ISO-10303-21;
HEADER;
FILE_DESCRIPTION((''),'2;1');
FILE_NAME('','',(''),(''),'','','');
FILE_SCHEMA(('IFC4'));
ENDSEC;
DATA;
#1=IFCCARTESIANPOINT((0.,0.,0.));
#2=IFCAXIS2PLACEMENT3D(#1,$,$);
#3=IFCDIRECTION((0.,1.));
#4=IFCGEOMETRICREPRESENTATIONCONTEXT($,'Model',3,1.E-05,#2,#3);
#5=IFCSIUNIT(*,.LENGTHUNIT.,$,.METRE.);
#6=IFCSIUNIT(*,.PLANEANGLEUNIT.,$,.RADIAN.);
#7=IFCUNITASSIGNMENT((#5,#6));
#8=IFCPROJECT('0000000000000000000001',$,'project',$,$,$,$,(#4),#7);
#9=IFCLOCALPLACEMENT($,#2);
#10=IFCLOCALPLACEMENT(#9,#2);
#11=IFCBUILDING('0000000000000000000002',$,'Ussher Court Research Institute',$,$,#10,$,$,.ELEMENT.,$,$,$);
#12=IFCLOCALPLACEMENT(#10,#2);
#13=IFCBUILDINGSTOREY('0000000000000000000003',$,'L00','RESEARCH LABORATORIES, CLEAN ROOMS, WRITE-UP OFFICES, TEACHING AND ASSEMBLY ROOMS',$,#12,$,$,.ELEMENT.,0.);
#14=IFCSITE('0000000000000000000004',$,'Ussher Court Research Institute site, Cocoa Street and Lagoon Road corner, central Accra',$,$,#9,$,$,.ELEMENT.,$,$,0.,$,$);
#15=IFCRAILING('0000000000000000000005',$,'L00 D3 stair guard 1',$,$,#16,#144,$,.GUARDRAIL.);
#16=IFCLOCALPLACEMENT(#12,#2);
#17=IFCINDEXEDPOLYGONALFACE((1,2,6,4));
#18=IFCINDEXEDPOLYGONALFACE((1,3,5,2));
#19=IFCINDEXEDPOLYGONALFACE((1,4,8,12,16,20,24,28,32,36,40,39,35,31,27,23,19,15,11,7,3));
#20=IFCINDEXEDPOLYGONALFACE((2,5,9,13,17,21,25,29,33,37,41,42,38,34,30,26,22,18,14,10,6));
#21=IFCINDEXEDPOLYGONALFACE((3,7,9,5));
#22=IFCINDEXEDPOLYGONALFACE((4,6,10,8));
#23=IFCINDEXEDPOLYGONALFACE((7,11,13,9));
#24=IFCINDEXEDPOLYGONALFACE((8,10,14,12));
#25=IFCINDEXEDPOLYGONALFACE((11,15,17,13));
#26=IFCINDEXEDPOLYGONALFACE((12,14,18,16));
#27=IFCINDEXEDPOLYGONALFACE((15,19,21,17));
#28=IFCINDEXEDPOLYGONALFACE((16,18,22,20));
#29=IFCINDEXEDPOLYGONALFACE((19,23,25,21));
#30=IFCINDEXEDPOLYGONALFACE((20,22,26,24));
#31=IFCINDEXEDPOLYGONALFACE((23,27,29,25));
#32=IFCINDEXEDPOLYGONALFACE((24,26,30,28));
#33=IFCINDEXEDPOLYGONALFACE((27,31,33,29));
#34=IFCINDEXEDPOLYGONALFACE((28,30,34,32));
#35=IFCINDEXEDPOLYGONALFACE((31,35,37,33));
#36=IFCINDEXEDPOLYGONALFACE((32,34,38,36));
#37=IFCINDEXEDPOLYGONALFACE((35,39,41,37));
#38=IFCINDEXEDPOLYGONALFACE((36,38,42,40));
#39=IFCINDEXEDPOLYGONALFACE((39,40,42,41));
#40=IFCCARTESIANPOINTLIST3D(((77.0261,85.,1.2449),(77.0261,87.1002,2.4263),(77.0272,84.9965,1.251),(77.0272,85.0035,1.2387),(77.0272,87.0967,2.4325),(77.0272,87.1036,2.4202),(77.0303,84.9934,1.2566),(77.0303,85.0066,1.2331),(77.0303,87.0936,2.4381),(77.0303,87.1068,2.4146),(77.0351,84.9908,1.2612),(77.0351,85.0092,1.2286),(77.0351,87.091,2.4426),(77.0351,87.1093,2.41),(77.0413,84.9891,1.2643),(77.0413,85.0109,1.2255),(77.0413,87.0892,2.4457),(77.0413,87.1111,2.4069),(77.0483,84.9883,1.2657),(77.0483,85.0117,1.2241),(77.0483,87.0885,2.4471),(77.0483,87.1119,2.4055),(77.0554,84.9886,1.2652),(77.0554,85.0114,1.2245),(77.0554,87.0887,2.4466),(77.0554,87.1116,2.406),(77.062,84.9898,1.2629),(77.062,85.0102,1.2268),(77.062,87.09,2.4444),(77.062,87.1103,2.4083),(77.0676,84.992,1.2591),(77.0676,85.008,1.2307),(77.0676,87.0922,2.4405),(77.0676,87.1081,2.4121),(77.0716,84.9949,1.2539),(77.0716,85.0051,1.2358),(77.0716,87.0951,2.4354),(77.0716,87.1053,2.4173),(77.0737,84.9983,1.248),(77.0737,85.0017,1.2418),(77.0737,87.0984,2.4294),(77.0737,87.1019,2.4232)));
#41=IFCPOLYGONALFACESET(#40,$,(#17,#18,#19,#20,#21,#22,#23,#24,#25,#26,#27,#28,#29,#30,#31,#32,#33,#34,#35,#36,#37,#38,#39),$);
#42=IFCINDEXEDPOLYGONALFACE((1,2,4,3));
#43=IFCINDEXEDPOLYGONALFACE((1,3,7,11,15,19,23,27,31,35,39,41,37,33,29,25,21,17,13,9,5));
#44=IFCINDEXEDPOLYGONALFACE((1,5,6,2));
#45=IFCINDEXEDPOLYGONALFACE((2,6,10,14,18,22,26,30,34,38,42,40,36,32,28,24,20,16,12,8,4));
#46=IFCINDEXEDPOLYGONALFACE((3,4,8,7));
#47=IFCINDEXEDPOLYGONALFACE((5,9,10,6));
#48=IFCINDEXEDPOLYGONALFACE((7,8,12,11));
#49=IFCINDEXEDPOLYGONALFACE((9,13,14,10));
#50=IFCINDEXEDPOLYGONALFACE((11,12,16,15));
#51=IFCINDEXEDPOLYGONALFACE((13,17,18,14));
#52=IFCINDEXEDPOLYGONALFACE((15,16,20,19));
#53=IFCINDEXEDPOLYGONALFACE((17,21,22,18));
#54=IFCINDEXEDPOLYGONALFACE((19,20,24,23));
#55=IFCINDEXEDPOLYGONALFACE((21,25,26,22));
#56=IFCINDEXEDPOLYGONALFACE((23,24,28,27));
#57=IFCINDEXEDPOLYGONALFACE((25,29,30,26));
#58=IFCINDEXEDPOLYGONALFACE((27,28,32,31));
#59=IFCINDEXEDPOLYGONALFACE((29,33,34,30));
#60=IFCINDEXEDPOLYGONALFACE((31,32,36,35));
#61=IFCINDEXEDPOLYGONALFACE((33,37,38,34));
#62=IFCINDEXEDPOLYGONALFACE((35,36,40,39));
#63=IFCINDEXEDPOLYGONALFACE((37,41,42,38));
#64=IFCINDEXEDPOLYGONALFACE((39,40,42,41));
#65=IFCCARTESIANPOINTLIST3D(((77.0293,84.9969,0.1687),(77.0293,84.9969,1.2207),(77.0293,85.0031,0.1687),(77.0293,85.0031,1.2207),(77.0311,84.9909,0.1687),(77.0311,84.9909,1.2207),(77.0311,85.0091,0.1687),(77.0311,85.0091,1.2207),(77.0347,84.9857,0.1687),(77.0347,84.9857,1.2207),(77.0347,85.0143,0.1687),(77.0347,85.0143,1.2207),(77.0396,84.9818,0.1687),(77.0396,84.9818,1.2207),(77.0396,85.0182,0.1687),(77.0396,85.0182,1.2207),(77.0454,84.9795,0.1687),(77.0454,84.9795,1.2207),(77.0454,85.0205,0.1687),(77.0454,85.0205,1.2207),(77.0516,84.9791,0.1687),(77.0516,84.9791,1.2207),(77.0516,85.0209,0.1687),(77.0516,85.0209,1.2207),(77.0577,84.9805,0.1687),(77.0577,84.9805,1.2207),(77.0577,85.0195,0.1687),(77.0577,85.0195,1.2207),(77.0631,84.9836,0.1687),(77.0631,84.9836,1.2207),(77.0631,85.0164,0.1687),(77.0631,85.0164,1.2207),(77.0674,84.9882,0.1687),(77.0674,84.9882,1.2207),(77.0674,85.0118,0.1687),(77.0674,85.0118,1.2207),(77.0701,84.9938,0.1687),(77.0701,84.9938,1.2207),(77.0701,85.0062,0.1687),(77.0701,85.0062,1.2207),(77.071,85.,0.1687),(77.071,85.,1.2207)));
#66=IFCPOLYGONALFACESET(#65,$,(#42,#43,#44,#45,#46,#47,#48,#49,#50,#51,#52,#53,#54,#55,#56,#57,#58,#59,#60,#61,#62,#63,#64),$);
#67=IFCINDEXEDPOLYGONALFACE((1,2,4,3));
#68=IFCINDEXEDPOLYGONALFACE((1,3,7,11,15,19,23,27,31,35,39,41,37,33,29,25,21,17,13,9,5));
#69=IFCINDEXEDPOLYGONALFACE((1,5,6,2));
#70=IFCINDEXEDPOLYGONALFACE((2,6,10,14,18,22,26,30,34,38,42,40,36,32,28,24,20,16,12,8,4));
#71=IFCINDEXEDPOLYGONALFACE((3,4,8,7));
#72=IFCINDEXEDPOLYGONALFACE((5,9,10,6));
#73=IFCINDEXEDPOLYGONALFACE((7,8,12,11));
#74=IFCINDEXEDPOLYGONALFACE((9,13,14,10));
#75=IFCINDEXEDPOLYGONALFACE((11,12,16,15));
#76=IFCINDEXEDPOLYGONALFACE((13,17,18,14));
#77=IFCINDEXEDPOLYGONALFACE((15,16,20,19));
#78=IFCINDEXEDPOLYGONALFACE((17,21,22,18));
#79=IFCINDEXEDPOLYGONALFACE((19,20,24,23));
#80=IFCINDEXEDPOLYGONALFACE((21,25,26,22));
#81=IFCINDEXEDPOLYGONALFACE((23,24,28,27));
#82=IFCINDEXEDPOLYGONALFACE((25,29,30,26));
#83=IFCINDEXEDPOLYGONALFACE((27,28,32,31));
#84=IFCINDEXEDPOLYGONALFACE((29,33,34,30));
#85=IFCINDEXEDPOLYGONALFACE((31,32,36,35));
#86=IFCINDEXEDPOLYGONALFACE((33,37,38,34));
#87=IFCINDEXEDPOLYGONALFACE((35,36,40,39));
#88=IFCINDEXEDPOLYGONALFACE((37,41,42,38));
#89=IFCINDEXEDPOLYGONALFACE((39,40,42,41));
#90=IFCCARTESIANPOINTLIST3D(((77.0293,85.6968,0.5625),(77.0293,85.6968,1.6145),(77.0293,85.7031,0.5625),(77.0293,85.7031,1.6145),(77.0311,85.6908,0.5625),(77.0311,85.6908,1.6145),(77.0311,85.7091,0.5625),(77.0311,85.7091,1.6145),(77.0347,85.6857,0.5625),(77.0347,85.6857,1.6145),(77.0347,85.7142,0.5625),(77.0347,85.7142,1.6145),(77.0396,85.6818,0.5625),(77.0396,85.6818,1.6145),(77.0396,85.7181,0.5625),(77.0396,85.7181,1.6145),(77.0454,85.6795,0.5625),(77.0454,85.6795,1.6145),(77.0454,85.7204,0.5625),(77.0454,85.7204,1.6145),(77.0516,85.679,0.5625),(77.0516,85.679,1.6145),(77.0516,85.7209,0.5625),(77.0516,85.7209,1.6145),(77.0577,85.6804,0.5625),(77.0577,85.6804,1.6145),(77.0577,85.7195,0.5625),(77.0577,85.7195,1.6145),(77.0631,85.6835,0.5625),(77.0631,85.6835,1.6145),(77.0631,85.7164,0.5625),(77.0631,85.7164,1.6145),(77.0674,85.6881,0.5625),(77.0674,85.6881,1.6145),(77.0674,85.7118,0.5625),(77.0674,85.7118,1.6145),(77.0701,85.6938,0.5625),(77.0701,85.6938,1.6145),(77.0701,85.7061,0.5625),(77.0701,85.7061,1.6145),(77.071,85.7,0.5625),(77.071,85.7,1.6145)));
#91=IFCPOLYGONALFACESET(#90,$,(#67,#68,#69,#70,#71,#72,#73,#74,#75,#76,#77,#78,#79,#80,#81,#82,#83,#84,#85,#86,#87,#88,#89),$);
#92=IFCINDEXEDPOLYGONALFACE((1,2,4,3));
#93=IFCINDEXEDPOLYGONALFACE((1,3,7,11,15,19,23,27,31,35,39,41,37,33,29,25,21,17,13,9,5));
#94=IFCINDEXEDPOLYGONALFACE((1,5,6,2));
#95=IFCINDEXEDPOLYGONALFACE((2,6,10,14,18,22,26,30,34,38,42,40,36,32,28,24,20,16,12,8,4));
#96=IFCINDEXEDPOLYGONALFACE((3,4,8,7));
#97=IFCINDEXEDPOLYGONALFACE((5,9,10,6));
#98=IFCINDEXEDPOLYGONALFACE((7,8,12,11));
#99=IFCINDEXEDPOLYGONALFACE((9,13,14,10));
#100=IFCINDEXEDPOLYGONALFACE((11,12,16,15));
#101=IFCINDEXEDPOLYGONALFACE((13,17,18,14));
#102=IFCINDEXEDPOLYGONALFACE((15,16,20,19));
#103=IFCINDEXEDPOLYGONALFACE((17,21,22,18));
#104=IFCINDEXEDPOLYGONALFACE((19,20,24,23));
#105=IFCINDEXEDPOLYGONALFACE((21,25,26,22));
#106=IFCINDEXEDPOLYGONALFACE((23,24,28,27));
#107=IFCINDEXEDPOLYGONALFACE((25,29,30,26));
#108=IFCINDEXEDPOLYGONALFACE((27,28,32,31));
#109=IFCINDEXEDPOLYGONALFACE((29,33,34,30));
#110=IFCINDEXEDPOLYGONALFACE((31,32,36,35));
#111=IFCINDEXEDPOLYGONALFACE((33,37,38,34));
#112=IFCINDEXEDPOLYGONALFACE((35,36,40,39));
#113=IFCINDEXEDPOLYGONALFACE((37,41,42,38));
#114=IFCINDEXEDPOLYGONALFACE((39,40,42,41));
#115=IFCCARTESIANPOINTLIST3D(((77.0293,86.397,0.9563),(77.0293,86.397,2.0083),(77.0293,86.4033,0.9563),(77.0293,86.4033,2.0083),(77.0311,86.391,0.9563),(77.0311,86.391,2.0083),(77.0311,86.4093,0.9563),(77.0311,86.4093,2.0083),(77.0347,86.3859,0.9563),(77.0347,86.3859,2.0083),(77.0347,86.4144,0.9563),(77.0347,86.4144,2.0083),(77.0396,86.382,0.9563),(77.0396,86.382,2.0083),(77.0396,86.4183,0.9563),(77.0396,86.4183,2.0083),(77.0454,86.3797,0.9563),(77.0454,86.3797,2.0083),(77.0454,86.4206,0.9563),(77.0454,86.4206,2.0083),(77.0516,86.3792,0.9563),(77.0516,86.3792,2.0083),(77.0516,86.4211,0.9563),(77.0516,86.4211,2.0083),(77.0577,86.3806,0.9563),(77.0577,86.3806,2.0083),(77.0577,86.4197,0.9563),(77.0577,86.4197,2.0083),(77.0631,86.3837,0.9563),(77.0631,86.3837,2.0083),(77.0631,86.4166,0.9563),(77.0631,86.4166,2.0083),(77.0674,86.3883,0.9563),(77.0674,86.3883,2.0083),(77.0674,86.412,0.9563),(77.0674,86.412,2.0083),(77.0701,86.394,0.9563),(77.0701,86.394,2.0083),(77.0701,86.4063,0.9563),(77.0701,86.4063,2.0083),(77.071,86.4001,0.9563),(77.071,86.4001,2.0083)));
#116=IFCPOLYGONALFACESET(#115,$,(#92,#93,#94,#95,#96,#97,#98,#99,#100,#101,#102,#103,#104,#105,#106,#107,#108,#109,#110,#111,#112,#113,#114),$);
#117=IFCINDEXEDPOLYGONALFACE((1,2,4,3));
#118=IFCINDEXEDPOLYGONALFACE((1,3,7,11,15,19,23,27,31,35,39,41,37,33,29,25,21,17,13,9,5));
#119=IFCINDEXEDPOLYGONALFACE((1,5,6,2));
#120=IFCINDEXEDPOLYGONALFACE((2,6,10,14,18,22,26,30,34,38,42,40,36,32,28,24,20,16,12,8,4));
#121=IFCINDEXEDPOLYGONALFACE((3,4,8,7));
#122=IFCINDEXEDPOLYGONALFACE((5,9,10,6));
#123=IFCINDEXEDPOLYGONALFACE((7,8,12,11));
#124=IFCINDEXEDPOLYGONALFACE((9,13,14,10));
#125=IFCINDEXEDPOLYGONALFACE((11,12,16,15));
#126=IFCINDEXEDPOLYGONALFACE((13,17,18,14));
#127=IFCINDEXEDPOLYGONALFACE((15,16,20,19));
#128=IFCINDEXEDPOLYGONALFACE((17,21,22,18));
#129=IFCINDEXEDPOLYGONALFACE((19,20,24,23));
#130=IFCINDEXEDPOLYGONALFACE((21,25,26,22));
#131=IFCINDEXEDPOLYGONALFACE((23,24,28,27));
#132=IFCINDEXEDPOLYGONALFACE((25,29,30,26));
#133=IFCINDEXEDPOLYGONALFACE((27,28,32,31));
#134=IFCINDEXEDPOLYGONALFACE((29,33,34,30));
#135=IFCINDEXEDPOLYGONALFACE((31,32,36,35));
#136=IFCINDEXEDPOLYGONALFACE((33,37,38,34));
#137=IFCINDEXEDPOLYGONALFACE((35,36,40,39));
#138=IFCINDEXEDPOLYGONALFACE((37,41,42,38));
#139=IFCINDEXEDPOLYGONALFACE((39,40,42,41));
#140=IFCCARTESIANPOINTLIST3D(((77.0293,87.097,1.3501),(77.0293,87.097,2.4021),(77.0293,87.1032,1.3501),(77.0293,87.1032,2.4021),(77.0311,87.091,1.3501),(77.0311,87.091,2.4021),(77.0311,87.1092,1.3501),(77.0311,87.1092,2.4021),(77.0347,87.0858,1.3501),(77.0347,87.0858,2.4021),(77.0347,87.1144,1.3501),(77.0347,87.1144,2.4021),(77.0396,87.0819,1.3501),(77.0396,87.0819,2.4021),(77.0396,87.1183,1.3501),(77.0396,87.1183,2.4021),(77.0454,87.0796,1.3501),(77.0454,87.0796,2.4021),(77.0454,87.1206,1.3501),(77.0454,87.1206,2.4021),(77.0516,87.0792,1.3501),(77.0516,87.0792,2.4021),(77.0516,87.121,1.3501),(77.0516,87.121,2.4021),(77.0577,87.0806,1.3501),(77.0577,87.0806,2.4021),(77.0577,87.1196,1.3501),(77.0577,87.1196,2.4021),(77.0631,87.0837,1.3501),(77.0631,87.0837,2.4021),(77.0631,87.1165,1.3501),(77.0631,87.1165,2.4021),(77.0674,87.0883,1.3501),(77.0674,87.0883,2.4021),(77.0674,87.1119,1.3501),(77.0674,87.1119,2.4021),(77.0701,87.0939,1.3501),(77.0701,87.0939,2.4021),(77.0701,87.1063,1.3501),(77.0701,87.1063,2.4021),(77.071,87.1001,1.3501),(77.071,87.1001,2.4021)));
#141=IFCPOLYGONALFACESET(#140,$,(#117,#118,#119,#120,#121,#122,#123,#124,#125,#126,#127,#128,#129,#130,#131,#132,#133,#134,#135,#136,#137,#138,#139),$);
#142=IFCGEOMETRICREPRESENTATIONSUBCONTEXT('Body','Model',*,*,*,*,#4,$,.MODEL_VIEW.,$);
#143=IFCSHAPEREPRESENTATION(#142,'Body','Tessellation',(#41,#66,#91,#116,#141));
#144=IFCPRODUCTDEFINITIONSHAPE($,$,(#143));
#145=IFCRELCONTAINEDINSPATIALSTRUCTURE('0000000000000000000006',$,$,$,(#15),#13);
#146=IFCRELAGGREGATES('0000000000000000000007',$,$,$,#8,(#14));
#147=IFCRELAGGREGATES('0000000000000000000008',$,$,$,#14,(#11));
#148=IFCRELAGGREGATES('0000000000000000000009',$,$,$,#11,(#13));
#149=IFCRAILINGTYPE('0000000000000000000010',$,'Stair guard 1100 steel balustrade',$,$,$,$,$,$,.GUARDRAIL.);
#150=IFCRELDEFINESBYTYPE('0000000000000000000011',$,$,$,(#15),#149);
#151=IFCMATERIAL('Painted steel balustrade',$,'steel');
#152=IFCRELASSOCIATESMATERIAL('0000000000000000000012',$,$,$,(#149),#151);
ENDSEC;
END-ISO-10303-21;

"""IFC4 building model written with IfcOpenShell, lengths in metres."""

from ifc_helpers import new_model, si_unit, direction, frame, origin, origin_2d, place, context, subcontext, project, spatial, circle, extrude, material, type_object, element, save


model = new_model("IFC4")

# Units and contexts
model_context = context("Model", 3, precision=1e-05, world=origin(), true_north=direction((0.0, 1.0)))
body_context = subcontext(model_context, "Body", "Model", "MODEL_VIEW")
ifc_project = project(units=[si_unit("LENGTHUNIT", "METRE"), si_unit("PLANEANGLEUNIT", "RADIAN")], contexts=[model_context])

# Site, building, storey
site_placement = place(None, origin())
site = spatial("IfcSite", under=ifc_project, at=site_placement, Name="Ussher Court Research Institute site, Cocoa Street and Lagoon Road corner, central Accra", CompositionType="ELEMENT", RefElevation=0.0)
building_placement = place(site_placement, origin())
building = spatial("IfcBuilding", under=site, at=building_placement, Name="Ussher Court Research Institute", CompositionType="ELEMENT")
storey_placement = place(building_placement, origin())
storey = spatial("IfcBuildingStorey", under=building, at=storey_placement, Name="L00", Description="RESEARCH LABORATORIES, CLEAN ROOMS, WRITE-UP OFFICES, TEACHING AND ASSEMBLY ROOMS", CompositionType="ELEMENT", Elevation=0.0)

# Railing
ifc_material_1 = material(Name="Painted steel balustrade", Category="steel")
railing_type_1 = type_object("IfcRailingType", Name="Stair guard 1100 steel balustrade", PredefinedType="GUARDRAIL", material=ifc_material_1)
railing_1_placement = place(storey_placement, frame((77.05, 85.0, 0.1687)))
element("IfcRailing", 1, at=railing_1_placement, inside=storey, type_object=railing_type_1, Name="L00 D3 stair guard 1", PredefinedType="GUARDRAIL", context=body_context, shape_type="SweptSolid", body=[
    extrude(circle(Radius=0.0239, at=origin_2d()), frame((0.0, 0.0, 1.0762), z_axis=(0.0, 0.871559, 0.49029), x_axis=(-1.0, 0.0, 0.0)), (0.0, 0.0, 1.0), 2.4097),
    extrude(circle(Radius=0.021, at=origin_2d()), origin(), (0.0, 0.0, 1.0), 1.052),
    extrude(circle(Radius=0.021, at=origin_2d()), frame((0.0, 0.7, 0.3938)), (0.0, 0.0, 1.0), 1.052),
    extrude(circle(Radius=0.021, at=origin_2d()), frame((0.0, 1.4001, 0.7876)), (0.0, 0.0, 1.0), 1.052),
    extrude(circle(Radius=0.021, at=origin_2d()), frame((0.0, 2.1001, 1.1814)), (0.0, 0.0, 1.0), 1.052),
])

save(model, "model.ifc")
